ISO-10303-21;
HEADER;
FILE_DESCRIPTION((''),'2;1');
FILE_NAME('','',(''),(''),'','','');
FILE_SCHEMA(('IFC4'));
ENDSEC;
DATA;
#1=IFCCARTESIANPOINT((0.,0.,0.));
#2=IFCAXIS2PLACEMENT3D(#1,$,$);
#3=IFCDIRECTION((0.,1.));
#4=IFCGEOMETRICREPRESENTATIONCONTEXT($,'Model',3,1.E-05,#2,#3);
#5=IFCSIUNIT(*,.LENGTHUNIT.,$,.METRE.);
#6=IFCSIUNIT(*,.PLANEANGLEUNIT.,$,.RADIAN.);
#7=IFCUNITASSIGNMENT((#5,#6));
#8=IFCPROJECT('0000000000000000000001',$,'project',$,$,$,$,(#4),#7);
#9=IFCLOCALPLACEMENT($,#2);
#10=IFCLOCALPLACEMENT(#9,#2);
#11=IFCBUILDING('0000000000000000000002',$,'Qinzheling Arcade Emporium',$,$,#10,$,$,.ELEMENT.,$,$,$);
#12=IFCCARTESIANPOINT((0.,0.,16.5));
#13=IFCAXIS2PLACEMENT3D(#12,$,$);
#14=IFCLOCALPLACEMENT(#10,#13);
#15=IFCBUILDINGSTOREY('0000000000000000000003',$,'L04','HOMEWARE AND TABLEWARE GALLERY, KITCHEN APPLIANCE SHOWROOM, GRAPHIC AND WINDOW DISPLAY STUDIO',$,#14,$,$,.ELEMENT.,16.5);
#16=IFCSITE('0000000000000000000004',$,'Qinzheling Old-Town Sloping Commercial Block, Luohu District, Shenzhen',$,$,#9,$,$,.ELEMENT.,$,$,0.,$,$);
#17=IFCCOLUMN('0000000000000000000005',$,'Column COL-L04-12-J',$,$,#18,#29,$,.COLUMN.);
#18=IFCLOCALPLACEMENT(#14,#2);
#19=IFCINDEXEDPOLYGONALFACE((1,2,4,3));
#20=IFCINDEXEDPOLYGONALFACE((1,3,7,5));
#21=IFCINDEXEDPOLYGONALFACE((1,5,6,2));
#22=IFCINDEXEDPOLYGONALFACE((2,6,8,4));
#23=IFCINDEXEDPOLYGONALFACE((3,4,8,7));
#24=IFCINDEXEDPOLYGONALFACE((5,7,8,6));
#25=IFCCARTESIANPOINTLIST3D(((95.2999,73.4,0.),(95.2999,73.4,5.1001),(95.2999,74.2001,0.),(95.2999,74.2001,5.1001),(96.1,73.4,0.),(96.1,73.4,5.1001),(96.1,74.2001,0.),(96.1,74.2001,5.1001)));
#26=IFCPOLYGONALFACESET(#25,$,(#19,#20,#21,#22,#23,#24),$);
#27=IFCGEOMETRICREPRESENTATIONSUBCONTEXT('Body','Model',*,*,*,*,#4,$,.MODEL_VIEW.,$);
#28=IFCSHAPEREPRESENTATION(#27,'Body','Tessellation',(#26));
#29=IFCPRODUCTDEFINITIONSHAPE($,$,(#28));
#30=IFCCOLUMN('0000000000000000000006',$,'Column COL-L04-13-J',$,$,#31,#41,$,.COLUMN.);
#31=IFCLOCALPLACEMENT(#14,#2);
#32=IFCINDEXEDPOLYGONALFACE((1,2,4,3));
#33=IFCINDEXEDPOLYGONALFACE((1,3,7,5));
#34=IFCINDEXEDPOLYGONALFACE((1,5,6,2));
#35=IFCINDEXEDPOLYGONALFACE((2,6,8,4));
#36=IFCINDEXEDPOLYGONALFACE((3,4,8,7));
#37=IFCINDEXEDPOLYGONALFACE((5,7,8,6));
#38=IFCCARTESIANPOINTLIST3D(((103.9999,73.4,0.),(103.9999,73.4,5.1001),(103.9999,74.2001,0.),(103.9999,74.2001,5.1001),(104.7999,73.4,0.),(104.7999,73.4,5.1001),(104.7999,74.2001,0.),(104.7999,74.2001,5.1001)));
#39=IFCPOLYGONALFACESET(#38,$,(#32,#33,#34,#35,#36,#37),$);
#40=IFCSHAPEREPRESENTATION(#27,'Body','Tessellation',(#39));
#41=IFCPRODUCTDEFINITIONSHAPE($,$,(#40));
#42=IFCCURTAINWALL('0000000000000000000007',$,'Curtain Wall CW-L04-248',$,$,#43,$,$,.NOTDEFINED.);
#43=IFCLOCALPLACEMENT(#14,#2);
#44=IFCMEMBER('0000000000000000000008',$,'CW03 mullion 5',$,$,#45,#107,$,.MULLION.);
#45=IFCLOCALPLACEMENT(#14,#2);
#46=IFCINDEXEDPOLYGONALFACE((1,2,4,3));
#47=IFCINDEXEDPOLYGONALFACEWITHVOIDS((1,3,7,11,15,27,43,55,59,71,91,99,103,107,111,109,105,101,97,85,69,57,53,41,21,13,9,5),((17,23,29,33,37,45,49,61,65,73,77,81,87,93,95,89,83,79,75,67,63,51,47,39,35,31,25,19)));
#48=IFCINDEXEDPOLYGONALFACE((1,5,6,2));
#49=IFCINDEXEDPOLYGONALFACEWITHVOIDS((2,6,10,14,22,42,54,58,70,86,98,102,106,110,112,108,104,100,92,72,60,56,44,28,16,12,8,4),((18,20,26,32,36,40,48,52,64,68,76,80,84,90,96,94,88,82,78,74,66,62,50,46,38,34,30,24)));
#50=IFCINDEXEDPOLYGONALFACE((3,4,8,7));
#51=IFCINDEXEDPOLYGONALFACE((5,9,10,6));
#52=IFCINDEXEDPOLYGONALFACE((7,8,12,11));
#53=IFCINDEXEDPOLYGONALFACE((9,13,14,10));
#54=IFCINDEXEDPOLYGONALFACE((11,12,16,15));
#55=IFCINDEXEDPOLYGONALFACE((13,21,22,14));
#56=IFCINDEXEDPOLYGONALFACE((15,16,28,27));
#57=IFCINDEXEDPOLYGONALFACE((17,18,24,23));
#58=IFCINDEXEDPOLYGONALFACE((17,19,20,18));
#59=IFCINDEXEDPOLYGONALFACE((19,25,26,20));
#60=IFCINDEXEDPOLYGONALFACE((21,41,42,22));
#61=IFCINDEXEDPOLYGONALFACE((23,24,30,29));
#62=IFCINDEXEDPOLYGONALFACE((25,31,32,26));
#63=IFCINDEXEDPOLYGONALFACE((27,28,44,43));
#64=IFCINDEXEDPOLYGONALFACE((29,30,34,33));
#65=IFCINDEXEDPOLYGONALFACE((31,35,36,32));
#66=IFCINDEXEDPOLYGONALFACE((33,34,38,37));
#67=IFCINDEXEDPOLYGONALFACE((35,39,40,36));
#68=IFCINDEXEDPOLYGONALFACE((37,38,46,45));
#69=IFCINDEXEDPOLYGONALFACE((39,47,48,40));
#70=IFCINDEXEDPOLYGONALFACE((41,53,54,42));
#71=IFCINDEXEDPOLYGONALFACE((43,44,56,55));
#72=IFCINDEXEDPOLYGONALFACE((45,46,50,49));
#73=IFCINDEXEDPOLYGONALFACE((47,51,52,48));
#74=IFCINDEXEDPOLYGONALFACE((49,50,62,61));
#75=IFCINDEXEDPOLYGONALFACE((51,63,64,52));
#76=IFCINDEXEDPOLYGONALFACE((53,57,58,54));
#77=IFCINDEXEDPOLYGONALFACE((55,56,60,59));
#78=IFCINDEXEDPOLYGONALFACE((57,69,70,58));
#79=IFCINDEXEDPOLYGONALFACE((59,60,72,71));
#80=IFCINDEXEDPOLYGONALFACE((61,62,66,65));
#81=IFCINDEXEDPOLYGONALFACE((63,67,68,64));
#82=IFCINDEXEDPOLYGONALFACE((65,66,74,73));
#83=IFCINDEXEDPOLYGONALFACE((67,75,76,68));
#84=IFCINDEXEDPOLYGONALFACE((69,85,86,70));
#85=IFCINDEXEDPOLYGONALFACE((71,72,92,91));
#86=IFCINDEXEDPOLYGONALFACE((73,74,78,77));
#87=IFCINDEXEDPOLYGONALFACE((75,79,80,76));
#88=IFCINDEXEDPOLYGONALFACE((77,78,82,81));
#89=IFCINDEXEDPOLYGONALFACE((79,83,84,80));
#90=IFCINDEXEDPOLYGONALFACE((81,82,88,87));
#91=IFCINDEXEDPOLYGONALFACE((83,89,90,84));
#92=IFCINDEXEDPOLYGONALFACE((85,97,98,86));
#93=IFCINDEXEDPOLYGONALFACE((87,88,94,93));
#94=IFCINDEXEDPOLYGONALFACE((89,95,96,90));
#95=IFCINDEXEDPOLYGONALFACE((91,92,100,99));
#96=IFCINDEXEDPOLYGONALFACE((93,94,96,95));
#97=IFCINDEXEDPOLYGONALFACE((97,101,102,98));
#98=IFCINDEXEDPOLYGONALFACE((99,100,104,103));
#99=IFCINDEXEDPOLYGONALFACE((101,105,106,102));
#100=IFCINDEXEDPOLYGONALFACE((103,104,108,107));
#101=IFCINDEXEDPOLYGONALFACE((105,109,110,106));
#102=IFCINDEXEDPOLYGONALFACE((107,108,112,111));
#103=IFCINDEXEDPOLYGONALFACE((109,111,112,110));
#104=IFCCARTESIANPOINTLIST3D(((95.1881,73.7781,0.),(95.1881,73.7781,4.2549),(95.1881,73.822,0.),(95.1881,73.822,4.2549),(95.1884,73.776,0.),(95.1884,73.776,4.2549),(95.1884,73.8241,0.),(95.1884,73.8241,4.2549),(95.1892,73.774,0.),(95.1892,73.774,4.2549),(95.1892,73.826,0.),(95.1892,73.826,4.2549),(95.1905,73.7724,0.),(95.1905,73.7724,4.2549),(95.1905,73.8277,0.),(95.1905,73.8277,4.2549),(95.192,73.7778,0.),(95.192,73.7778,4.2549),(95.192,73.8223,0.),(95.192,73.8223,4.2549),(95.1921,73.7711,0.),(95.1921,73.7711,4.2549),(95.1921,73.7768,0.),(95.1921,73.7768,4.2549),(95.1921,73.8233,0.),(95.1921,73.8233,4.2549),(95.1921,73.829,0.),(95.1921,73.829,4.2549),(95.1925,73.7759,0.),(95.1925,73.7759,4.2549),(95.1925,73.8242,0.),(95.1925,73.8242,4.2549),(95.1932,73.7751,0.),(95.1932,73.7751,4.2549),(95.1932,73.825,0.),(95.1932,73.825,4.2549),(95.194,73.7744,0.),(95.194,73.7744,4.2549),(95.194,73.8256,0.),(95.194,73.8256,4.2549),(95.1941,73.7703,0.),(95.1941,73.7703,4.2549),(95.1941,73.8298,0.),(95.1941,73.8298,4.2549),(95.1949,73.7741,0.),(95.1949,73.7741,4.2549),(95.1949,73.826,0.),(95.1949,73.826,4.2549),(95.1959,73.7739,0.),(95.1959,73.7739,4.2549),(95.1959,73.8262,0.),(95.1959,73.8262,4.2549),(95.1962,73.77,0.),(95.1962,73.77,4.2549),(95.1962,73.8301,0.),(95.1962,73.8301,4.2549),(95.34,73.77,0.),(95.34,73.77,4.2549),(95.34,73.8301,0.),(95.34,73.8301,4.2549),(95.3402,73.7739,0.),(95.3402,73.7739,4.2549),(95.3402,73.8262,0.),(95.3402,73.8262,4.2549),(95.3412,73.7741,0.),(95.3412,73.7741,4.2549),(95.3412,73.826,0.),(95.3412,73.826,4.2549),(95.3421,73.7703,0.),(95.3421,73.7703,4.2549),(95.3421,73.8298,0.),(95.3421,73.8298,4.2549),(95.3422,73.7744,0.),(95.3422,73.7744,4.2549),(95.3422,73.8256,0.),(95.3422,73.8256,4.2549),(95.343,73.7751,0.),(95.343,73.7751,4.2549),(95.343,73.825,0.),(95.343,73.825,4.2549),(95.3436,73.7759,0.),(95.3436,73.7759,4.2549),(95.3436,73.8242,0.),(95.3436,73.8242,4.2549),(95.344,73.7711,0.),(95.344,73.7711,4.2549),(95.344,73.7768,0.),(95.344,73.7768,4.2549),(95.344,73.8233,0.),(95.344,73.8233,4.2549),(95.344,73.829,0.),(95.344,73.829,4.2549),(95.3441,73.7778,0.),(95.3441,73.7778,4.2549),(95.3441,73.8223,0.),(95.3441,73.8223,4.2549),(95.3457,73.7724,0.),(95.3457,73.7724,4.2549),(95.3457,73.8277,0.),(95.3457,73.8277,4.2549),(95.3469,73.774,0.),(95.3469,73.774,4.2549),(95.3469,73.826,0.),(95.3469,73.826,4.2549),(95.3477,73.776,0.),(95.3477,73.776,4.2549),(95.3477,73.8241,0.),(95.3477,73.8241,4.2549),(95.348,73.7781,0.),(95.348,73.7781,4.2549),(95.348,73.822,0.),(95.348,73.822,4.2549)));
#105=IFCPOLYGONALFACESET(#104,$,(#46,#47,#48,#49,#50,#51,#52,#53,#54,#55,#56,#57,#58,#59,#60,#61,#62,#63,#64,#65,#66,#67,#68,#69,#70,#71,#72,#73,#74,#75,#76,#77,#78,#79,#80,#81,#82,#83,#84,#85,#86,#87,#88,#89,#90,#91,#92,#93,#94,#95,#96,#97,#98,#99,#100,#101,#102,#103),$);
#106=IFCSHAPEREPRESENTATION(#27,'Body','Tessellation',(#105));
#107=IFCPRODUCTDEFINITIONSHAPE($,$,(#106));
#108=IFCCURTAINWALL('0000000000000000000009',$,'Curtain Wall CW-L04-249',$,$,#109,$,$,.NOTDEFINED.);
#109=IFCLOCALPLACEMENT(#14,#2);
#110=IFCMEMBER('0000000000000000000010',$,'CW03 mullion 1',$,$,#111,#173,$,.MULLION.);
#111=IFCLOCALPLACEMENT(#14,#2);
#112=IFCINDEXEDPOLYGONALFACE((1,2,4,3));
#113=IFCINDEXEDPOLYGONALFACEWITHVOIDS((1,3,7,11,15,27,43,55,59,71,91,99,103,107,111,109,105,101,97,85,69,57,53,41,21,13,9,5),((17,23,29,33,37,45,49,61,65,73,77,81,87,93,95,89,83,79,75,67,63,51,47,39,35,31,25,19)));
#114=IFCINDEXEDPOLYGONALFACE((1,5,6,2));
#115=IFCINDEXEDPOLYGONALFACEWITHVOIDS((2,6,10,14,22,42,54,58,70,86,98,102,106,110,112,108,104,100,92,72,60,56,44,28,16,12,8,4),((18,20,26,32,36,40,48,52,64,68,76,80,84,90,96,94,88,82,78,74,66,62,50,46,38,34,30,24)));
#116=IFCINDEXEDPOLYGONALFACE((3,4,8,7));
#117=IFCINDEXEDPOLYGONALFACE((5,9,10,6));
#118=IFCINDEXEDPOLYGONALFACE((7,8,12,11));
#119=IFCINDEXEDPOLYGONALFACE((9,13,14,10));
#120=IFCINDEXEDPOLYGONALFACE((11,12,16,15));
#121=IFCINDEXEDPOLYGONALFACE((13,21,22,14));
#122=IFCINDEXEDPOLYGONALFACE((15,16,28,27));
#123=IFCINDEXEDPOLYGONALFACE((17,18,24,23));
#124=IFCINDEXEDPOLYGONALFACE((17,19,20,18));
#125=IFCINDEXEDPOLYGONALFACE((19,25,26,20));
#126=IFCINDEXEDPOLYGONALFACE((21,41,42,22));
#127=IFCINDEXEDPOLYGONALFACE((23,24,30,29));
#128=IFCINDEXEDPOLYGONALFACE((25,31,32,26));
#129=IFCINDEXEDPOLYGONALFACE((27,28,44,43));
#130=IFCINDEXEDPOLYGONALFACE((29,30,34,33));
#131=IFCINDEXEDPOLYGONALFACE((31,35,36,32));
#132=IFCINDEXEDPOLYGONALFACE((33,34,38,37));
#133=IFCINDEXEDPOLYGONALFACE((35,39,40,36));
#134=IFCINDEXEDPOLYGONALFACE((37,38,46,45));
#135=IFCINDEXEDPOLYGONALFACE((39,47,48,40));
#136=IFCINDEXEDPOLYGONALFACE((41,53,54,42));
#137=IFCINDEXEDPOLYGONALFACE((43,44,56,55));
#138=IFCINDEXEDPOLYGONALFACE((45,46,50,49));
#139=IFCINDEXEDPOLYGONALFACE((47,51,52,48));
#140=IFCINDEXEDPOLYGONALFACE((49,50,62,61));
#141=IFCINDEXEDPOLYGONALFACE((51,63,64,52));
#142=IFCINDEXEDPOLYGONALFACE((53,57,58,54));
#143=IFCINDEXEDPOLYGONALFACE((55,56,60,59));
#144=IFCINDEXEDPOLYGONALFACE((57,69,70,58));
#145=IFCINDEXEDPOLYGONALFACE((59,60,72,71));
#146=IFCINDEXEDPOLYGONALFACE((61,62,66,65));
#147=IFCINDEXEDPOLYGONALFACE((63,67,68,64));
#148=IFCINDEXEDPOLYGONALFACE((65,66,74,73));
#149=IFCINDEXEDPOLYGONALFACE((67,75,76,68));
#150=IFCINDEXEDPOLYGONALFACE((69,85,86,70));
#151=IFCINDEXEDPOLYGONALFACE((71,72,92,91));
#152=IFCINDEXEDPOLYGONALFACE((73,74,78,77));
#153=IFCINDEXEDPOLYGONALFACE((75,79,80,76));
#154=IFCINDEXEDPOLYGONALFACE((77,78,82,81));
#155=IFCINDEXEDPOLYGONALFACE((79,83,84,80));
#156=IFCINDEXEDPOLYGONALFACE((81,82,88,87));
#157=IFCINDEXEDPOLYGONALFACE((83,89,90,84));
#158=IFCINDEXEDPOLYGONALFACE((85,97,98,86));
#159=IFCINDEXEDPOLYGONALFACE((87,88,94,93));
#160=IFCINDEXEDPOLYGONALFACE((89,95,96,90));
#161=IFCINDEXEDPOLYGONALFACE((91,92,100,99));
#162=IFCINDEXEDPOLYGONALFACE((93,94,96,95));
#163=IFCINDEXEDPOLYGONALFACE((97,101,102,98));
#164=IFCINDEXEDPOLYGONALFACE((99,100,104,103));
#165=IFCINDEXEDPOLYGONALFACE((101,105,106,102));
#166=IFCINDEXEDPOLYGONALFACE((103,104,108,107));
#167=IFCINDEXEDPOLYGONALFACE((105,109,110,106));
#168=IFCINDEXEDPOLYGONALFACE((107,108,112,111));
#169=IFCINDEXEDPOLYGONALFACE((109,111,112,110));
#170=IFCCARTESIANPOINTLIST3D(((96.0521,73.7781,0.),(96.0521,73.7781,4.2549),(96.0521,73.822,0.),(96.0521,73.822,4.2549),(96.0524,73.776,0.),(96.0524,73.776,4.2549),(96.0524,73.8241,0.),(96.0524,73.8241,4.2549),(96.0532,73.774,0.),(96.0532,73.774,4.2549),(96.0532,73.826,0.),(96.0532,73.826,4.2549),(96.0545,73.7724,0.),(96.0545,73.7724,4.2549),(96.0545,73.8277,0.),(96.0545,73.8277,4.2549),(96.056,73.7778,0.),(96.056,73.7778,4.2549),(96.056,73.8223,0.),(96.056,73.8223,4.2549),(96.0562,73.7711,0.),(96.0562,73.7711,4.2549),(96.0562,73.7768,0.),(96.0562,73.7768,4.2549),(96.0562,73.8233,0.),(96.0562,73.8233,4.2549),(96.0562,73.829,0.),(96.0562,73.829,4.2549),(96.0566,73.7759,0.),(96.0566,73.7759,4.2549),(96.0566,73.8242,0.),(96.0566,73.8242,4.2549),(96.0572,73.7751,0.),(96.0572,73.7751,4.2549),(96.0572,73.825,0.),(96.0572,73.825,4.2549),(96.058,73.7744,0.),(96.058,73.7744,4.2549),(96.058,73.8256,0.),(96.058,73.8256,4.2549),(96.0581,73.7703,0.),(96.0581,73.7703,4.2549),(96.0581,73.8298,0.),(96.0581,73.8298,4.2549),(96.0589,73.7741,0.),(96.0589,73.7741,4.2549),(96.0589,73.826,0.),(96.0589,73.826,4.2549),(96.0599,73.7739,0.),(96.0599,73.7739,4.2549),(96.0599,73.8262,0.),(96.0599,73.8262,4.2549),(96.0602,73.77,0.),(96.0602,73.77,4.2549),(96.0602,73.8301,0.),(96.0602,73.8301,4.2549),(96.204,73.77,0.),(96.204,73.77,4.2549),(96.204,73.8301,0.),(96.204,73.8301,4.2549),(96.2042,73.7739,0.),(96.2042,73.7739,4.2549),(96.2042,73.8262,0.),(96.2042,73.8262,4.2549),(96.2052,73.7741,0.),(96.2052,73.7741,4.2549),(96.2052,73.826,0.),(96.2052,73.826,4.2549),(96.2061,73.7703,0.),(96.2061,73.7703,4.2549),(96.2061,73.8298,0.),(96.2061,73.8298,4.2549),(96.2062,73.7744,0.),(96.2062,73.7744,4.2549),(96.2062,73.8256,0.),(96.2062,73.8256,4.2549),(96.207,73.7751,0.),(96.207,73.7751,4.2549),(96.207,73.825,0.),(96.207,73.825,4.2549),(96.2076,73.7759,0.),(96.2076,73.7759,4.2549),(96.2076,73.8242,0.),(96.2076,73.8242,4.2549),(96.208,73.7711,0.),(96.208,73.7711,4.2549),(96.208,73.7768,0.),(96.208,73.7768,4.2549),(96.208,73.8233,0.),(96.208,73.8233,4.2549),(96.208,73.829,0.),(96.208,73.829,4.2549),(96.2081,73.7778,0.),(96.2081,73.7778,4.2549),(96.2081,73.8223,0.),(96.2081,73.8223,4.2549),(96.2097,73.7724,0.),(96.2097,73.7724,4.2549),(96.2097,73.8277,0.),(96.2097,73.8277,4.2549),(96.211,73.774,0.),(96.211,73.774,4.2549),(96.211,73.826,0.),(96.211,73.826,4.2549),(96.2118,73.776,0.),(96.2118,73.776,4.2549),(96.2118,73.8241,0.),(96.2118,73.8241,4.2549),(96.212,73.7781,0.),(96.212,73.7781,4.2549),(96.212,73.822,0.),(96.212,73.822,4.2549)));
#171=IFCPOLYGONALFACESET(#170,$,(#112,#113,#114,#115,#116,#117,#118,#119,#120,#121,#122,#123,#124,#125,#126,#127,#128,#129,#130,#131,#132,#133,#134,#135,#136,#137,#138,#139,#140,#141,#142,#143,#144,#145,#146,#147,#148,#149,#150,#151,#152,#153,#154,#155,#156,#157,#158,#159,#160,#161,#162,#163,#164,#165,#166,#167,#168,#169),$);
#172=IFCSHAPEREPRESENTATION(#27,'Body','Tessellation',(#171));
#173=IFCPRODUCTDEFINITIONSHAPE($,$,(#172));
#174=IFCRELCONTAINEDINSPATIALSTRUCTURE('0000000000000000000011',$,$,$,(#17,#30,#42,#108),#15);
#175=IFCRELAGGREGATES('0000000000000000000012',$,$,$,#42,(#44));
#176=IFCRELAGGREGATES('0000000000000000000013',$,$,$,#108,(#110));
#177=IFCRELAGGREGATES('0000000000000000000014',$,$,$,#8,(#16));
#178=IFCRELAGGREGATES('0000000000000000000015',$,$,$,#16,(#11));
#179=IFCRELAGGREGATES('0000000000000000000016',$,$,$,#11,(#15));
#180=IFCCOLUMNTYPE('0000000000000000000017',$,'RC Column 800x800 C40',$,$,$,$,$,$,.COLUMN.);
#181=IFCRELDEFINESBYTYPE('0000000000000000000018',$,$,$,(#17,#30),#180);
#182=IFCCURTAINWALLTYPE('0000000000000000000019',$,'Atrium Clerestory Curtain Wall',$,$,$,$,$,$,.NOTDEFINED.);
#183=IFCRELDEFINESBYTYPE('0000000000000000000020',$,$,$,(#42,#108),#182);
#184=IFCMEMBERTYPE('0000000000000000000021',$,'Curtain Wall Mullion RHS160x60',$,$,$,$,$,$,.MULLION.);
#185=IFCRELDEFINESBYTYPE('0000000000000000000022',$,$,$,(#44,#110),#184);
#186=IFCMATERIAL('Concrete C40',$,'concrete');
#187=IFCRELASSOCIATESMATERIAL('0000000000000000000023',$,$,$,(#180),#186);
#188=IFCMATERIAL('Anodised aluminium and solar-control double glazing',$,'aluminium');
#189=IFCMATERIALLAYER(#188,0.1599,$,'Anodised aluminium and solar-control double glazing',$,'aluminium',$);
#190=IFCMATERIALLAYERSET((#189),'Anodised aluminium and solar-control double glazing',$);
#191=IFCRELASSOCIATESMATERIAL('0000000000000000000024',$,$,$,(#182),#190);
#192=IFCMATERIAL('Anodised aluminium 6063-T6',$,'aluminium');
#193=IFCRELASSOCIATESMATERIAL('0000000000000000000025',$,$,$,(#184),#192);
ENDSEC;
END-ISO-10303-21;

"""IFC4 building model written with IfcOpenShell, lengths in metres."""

from ifc_helpers import new_model, si_unit, direction, frame, origin, origin_2d, place, context, subcontext, project, spatial, rectangle, hollow_rectangle, extrude, material, layer, layer_set, material_profile, profile_set, type_object, element, aggregate, save


model = new_model("IFC4")

# Units and contexts
model_context = context("Model", 3, precision=1e-05, world=origin(), true_north=direction((0.0, 1.0)))
body_context = subcontext(model_context, "Body", "Model", "MODEL_VIEW")
ifc_project = project(units=[si_unit("LENGTHUNIT", "METRE"), si_unit("PLANEANGLEUNIT", "RADIAN")], contexts=[model_context])

# Site, building, storey
site_placement = place(None, origin())
site = spatial("IfcSite", under=ifc_project, at=site_placement, Name="Qinzheling Old-Town Sloping Commercial Block, Luohu District, Shenzhen", CompositionType="ELEMENT", RefElevation=0.0)
building_placement = place(site_placement, origin())
building = spatial("IfcBuilding", under=site, at=building_placement, Name="Qinzheling Arcade Emporium", CompositionType="ELEMENT")
storey_placement = place(building_placement, frame((0.0, 0.0, 16.5)))
storey = spatial("IfcBuildingStorey", under=building, at=storey_placement, Name="L04", Description="HOMEWARE AND TABLEWARE GALLERY, KITCHEN APPLIANCE SHOWROOM, GRAPHIC AND WINDOW DISPLAY STUDIO", CompositionType="ELEMENT", Elevation=16.5)

# Columns
ifc_material_1 = material(Name="Concrete C40", Category="concrete")
ifc_material_profile_1 = material_profile(ifc_material_1, rectangle(XDim=0.8, YDim=0.8, at=origin_2d()), Name="RC 800x800", Category="concrete")
ifc_profile_set_1 = profile_set([ifc_material_profile_1], Name="Concrete C40")
column_type = type_object("IfcColumnType", Name="RC Column 800x800 C40", PredefinedType="COLUMN", material=ifc_profile_set_1)
for number, where, z_axis, x_axis, name in (
    (1, (95.7, 73.8, 0.0), (0.0, 0.0, 1.0), (1.0, 0.0, 0.0), "Column COL-L04-12-J"),
    (2, (104.3999, 73.8, 0.0), (0.0, 0.0, 1.0), (1.0, 0.0, 0.0), "Column COL-L04-13-J"),
):
    element("IfcColumn", number, at=place(storey_placement, frame(where, z_axis=z_axis, x_axis=x_axis)), inside=storey, type_object=column_type, Name=name, PredefinedType="COLUMN", context=body_context, shape_type="SweptSolid", body=[
        extrude(rectangle(XDim=0.8, YDim=0.8, at=origin_2d()), origin(), (0.0, 0.0, 1.0), 5.1001),
    ])

# Curtain wall, member
ifc_material_2 = material(Name="Anodised aluminium and solar-control double glazing", Category="aluminium")
ifc_layer_1 = layer(ifc_material_2, 0.1599, Name="Anodised aluminium and solar-control double glazing", Category="aluminium")
ifc_layer_set_1 = layer_set([ifc_layer_1], Name="Anodised aluminium and solar-control double glazing")
curtain_wall_type = type_object("IfcCurtainWallType", Name="Atrium Clerestory Curtain Wall", PredefinedType="NOTDEFINED", material=ifc_layer_set_1)
curtain_wall_1_placement = place(storey_placement, origin())
curtain_wall_1 = element("IfcCurtainWall", 3, at=curtain_wall_1_placement, inside=storey, type_object=curtain_wall_type, Name="Curtain Wall CW-L04-248", PredefinedType="NOTDEFINED")
ifc_material_3 = material(Name="Anodised aluminium 6063-T6", Category="aluminium")
ifc_material_profile_2 = material_profile(ifc_material_3, hollow_rectangle(XDim=0.0601, YDim=0.1599, WallThickness=0.0039, InnerFilletRadius=0.0039, OuterFilletRadius=0.0081, at=origin_2d()), Name="RHS 160x60x4", Category="aluminium")
ifc_profile_set_2 = profile_set([ifc_material_profile_2], Name="Anodised aluminium 6063-T6")
member_type_1 = type_object("IfcMemberType", Name="Curtain Wall Mullion RHS160x60", PredefinedType="MULLION", material=ifc_profile_set_2)
member_1_placement = place(storey_placement, frame((95.2681, 73.8, 0.0), z_axis=(0.0, 0.0, 1.0), x_axis=(0.0, 1.0, 0.0)))
member_1 = element("IfcMember", 4, at=member_1_placement, type_object=member_type_1, Name="CW03 mullion 5", PredefinedType="MULLION", context=body_context, shape_type="SweptSolid", body=[
    extrude(hollow_rectangle(XDim=0.0601, YDim=0.1599, WallThickness=0.0039, InnerFilletRadius=0.0039, OuterFilletRadius=0.0081, at=origin_2d()), origin(), (0.0, 0.0, 1.0), 4.2549),
])

# Curtain wall, member
curtain_wall_2_placement = place(storey_placement, origin())
curtain_wall_2 = element("IfcCurtainWall", 5, at=curtain_wall_2_placement, inside=storey, type_object=curtain_wall_type, Name="Curtain Wall CW-L04-249", PredefinedType="NOTDEFINED")
member_2_placement = place(storey_placement, frame((96.1321, 73.8, 0.0), z_axis=(0.0, 0.0, 1.0), x_axis=(0.0, 1.0, 0.0)))
member_2 = element("IfcMember", 6, at=member_2_placement, type_object=member_type_1, Name="CW03 mullion 1", PredefinedType="MULLION", context=body_context, shape_type="SweptSolid", body=[
    extrude(hollow_rectangle(XDim=0.0601, YDim=0.1599, WallThickness=0.0039, InnerFilletRadius=0.0039, OuterFilletRadius=0.0081, at=origin_2d()), origin(), (0.0, 0.0, 1.0), 4.2549),
])

aggregate(curtain_wall_1, [member_1])
aggregate(curtain_wall_2, [member_2])

save(model, "model.ifc")
